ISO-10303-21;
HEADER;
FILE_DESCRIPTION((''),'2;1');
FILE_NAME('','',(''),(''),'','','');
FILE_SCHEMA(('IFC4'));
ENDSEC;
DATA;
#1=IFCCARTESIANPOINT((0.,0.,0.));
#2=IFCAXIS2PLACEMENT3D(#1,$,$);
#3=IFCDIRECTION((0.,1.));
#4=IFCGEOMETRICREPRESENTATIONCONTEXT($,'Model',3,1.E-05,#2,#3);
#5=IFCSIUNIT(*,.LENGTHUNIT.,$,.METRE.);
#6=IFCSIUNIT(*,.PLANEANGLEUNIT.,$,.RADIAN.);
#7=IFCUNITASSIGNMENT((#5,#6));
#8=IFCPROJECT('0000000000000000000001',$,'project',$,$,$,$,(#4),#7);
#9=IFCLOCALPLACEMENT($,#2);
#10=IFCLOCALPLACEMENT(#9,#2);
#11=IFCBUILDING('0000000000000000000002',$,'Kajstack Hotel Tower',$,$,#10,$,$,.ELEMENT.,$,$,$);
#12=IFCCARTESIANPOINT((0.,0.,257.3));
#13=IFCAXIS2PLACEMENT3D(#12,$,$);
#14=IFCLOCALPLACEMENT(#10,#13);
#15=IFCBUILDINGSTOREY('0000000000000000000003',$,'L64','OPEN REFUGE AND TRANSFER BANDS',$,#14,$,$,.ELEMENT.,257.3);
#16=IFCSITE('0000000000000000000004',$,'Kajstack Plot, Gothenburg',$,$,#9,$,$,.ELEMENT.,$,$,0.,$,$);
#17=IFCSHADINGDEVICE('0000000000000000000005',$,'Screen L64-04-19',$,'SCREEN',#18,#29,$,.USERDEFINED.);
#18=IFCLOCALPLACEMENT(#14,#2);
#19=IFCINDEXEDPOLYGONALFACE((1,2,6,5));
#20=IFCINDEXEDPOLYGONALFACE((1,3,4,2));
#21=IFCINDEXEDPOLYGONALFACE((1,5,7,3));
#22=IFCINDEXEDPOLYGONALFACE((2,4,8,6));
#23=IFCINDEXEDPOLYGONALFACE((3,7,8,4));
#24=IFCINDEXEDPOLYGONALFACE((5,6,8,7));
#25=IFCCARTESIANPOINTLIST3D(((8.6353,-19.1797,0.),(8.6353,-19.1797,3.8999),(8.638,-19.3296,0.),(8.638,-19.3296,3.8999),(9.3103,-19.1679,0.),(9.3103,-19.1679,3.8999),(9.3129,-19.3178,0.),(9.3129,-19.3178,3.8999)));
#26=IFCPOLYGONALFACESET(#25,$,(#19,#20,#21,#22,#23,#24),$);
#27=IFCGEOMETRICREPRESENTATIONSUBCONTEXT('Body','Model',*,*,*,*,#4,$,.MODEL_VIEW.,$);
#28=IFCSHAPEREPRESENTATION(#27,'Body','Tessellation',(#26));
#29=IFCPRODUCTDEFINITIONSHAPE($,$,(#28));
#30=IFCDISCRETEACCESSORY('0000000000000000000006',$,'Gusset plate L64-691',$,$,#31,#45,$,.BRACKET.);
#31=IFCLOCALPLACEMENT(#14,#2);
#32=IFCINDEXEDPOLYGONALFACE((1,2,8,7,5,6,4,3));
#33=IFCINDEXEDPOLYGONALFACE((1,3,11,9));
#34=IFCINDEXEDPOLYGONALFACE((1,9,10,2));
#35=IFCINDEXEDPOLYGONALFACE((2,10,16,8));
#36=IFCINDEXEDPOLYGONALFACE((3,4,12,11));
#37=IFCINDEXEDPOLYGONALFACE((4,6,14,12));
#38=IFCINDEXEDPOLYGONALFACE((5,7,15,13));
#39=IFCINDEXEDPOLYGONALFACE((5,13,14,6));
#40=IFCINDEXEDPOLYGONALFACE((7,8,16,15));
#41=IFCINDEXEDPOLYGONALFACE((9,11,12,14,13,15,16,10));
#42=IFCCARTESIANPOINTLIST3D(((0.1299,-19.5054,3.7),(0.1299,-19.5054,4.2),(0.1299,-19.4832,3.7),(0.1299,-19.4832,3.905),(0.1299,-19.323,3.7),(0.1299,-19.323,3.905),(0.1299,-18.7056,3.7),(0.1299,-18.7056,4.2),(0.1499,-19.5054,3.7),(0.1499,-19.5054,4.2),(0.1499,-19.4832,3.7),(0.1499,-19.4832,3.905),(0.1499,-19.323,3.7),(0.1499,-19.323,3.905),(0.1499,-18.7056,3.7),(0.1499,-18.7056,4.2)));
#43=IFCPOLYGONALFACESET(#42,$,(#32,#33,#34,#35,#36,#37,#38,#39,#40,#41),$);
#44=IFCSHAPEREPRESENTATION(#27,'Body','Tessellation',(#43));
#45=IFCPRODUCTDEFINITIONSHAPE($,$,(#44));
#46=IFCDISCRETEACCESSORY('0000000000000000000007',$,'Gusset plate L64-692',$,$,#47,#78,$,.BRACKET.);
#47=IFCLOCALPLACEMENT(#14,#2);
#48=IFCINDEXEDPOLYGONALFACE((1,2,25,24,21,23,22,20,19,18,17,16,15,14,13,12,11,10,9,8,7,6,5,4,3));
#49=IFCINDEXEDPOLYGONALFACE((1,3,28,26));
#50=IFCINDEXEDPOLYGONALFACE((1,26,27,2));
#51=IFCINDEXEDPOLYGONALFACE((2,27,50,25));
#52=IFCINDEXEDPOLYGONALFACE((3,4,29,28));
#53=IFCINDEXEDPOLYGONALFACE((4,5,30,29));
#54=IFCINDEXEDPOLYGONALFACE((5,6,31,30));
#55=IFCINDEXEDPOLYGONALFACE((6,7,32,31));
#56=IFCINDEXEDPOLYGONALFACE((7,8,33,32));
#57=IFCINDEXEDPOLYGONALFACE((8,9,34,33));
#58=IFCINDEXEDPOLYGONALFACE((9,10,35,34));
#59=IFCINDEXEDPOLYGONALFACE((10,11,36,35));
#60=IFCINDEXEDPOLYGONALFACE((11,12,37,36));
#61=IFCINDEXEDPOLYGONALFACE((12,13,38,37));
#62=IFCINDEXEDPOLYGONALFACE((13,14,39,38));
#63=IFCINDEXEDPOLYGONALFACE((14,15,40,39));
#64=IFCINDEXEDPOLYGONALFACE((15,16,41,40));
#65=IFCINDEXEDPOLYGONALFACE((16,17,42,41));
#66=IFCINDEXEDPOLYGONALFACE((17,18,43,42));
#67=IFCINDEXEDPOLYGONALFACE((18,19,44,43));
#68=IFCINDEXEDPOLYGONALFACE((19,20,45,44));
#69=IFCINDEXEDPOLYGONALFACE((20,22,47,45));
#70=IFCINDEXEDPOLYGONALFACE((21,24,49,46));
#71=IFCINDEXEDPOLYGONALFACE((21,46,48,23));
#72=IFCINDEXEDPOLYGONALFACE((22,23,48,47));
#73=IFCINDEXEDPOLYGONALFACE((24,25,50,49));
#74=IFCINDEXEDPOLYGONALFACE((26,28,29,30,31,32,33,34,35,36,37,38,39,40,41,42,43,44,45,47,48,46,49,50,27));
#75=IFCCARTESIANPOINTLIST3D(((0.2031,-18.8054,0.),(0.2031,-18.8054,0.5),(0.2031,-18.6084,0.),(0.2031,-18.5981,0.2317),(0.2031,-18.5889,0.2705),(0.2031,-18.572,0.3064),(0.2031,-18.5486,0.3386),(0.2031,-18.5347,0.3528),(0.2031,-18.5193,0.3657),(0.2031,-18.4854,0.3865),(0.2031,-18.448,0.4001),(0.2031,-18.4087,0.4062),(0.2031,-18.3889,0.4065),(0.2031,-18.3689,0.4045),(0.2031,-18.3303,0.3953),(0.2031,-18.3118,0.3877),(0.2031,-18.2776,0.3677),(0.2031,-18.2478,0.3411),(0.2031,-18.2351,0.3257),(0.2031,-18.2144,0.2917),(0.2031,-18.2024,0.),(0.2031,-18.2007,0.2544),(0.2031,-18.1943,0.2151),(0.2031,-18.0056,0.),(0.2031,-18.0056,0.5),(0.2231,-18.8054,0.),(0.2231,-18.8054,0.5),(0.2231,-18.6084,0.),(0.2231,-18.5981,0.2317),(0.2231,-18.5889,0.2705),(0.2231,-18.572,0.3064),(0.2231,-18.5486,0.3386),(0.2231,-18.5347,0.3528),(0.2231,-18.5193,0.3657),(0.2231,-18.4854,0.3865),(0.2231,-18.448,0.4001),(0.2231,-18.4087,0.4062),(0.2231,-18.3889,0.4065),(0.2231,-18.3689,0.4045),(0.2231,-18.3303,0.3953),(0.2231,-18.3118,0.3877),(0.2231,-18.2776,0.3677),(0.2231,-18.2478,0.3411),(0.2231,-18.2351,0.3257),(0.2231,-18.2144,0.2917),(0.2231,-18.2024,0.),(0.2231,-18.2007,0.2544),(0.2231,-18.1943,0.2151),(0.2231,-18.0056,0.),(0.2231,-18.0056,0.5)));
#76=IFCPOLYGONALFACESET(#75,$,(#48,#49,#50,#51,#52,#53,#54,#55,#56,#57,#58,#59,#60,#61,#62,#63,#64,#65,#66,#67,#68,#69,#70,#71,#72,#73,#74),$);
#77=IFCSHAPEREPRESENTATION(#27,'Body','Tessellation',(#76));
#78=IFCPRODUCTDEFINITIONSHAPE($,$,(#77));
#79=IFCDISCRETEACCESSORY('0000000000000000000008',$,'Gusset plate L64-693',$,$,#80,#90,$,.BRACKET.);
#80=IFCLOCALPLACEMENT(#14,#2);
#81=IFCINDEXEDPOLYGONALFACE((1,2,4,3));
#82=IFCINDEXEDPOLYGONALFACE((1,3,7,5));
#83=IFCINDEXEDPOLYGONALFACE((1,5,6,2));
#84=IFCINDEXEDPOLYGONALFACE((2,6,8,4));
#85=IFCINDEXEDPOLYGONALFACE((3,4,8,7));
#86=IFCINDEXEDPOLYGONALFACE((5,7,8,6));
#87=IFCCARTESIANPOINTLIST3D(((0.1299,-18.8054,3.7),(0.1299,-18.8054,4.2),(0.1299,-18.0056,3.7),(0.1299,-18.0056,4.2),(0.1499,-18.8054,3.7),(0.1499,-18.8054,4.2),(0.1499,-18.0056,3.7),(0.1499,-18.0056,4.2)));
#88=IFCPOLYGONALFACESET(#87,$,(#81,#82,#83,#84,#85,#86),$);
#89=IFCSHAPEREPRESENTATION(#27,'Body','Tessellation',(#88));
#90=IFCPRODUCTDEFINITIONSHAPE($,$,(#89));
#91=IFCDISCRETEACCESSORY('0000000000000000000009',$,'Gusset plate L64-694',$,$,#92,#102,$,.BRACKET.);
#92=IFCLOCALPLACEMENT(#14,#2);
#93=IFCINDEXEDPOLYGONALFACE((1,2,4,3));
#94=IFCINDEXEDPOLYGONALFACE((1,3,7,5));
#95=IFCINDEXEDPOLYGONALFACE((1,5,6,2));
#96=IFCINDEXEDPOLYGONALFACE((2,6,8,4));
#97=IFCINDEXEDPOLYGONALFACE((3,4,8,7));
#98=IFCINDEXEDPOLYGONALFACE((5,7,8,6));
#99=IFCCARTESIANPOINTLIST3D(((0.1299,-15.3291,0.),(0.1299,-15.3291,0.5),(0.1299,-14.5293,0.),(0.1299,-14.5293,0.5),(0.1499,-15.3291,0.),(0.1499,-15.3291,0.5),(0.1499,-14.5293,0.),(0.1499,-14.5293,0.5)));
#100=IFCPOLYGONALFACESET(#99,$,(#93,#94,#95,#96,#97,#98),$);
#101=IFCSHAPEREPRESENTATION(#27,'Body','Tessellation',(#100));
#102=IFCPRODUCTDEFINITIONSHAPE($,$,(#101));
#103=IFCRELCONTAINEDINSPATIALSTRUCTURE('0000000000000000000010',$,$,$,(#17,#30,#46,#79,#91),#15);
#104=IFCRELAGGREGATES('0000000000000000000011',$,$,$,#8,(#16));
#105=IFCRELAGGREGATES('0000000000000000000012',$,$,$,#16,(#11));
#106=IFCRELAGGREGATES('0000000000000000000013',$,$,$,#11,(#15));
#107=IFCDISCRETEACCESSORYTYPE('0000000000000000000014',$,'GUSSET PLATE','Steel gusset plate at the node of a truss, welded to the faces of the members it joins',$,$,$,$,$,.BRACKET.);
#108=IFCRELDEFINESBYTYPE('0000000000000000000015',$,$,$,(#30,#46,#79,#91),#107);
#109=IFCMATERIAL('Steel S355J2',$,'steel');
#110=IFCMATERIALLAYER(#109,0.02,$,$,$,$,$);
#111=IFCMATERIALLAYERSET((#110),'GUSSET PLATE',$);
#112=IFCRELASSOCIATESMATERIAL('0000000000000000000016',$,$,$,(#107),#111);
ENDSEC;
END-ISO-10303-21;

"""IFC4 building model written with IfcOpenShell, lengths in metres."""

from ifc_helpers import new_model, si_unit, direction, frame, origin, origin_2d, place, context, subcontext, project, spatial, polyline, rectangle, outline, extrude, material, layer, layer_set, type_object, element, save


model = new_model("IFC4")

# Units and contexts
model_context = context("Model", 3, precision=1e-05, world=origin(), true_north=direction((0.0, 1.0)))
body_context = subcontext(model_context, "Body", "Model", "MODEL_VIEW")
ifc_project = project(units=[si_unit("LENGTHUNIT", "METRE"), si_unit("PLANEANGLEUNIT", "RADIAN")], contexts=[model_context])

# Site, building, storey
site_placement = place(None, origin())
site = spatial("IfcSite", under=ifc_project, at=site_placement, Name="Kajstack Plot, Gothenburg", CompositionType="ELEMENT", RefElevation=0.0)
building_placement = place(site_placement, origin())
building = spatial("IfcBuilding", under=site, at=building_placement, Name="Kajstack Hotel Tower", CompositionType="ELEMENT")
storey_placement = place(building_placement, frame((0.0, 0.0, 257.3)))
storey = spatial("IfcBuildingStorey", under=building, at=storey_placement, Name="L64", Description="OPEN REFUGE AND TRANSFER BANDS", CompositionType="ELEMENT", Elevation=257.3)

# Shared definitions
ifc_material_1 = material(Name="Steel S355J2", Category="steel")

# Shading device
for number, where, z_axis, x_axis, name in (
    (1, (8.9741, -19.2488, 0.0), (0.0, 0.0, 1.0), (0.999848, 0.017453, 0.0), "Screen L64-04-19"),
):
    element("IfcShadingDevice", number, at=place(storey_placement, frame(where, z_axis=z_axis, x_axis=x_axis)), inside=storey, Name=name, ObjectType="SCREEN", PredefinedType="USERDEFINED", context=body_context, shape_type="SweptSolid", body=[
        extrude(rectangle(XDim=0.675, YDim=0.1499, at=origin_2d()), origin(), (0.0, 0.0, 1.0), 3.8999),
    ])

# Discrete accessories
ifc_layer_1 = layer(ifc_material_1, 0.02)
ifc_layer_set_1 = layer_set([ifc_layer_1], Name="GUSSET PLATE")
discrete_accessory_type = type_object("IfcDiscreteAccessoryType", Name="GUSSET PLATE", Description="Steel gusset plate at the node of a truss, welded to the faces of the members it joins", PredefinedType="BRACKET", material=ifc_layer_set_1)
discrete_accessory_1_placement = place(storey_placement, frame((0.1299, -19.1055, 3.7), z_axis=(1.0, 0.0, 0.0), x_axis=(0.0, 1.0, 0.0)))
element("IfcDiscreteAccessory", 2, at=discrete_accessory_1_placement, inside=storey, type_object=discrete_accessory_type, Name="Gusset plate L64-691", PredefinedType="BRACKET", context=body_context, shape_type="SweptSolid", body=[
    extrude(outline(polyline([(-0.3999, 0.0), (-0.3777, 0.0), (-0.3777, 0.2051), (-0.2175, 0.2051), (-0.2175, 0.0), (0.3999, 0.0), (0.3999, 0.5), (-0.3999, 0.5), (-0.3999, 0.0)])), origin(), (0.0, 0.0, 1.0), 0.02),
])
discrete_accessory_2_placement = place(storey_placement, frame((0.2031, -18.4055, 0.0), z_axis=(1.0, 0.0, 0.0), x_axis=(0.0, 1.0, 0.0)))
element("IfcDiscreteAccessory", 3, at=discrete_accessory_2_placement, inside=storey, type_object=discrete_accessory_type, Name="Gusset plate L64-692", PredefinedType="BRACKET", context=body_context, shape_type="SweptSolid", body=[
    extrude(outline(polyline([(-0.3999, 0.0), (-0.2029, 0.0), (-0.1926, 0.2317), (-0.1833, 0.2705), (-0.1665, 0.3064), (-0.1431, 0.3386), (-0.1292, 0.3528), (-0.1138, 0.3657), (-0.0798, 0.3865), (-0.0425, 0.4001), (-0.0032, 0.4062), (0.0166, 0.4065), (0.0366, 0.4045), (0.0752, 0.3953), (0.0938, 0.3877), (0.1279, 0.3677), (0.1577, 0.3411), (0.1704, 0.3257), (0.1912, 0.2917), (0.2048, 0.2544), (0.2112, 0.2151), (0.2031, 0.0), (0.3999, 0.0), (0.3999, 0.5), (-0.3999, 0.5), (-0.3999, 0.0)])), origin(), (0.0, 0.0, 1.0), 0.02),
])
for number, where, z_axis, x_axis, name in (
    (4, (0.1299, -18.4055, 3.7), (1.0, 0.0, 0.0), (0.0, 1.0, 0.0), "Gusset plate L64-693"),
    (5, (0.1299, -14.9292, 0.0), (1.0, 0.0, 0.0), (0.0, 1.0, 0.0), "Gusset plate L64-694"),
):
    element("IfcDiscreteAccessory", number, at=place(storey_placement, frame(where, z_axis=z_axis, x_axis=x_axis)), inside=storey, type_object=discrete_accessory_type, Name=name, PredefinedType="BRACKET", context=body_context, shape_type="SweptSolid", body=[
        extrude(outline(polyline([(-0.3999, 0.0), (0.3999, 0.0), (0.3999, 0.5), (-0.3999, 0.5), (-0.3999, 0.0)])), origin(), (0.0, 0.0, 1.0), 0.02),
    ])

save(model, "model.ifc")
